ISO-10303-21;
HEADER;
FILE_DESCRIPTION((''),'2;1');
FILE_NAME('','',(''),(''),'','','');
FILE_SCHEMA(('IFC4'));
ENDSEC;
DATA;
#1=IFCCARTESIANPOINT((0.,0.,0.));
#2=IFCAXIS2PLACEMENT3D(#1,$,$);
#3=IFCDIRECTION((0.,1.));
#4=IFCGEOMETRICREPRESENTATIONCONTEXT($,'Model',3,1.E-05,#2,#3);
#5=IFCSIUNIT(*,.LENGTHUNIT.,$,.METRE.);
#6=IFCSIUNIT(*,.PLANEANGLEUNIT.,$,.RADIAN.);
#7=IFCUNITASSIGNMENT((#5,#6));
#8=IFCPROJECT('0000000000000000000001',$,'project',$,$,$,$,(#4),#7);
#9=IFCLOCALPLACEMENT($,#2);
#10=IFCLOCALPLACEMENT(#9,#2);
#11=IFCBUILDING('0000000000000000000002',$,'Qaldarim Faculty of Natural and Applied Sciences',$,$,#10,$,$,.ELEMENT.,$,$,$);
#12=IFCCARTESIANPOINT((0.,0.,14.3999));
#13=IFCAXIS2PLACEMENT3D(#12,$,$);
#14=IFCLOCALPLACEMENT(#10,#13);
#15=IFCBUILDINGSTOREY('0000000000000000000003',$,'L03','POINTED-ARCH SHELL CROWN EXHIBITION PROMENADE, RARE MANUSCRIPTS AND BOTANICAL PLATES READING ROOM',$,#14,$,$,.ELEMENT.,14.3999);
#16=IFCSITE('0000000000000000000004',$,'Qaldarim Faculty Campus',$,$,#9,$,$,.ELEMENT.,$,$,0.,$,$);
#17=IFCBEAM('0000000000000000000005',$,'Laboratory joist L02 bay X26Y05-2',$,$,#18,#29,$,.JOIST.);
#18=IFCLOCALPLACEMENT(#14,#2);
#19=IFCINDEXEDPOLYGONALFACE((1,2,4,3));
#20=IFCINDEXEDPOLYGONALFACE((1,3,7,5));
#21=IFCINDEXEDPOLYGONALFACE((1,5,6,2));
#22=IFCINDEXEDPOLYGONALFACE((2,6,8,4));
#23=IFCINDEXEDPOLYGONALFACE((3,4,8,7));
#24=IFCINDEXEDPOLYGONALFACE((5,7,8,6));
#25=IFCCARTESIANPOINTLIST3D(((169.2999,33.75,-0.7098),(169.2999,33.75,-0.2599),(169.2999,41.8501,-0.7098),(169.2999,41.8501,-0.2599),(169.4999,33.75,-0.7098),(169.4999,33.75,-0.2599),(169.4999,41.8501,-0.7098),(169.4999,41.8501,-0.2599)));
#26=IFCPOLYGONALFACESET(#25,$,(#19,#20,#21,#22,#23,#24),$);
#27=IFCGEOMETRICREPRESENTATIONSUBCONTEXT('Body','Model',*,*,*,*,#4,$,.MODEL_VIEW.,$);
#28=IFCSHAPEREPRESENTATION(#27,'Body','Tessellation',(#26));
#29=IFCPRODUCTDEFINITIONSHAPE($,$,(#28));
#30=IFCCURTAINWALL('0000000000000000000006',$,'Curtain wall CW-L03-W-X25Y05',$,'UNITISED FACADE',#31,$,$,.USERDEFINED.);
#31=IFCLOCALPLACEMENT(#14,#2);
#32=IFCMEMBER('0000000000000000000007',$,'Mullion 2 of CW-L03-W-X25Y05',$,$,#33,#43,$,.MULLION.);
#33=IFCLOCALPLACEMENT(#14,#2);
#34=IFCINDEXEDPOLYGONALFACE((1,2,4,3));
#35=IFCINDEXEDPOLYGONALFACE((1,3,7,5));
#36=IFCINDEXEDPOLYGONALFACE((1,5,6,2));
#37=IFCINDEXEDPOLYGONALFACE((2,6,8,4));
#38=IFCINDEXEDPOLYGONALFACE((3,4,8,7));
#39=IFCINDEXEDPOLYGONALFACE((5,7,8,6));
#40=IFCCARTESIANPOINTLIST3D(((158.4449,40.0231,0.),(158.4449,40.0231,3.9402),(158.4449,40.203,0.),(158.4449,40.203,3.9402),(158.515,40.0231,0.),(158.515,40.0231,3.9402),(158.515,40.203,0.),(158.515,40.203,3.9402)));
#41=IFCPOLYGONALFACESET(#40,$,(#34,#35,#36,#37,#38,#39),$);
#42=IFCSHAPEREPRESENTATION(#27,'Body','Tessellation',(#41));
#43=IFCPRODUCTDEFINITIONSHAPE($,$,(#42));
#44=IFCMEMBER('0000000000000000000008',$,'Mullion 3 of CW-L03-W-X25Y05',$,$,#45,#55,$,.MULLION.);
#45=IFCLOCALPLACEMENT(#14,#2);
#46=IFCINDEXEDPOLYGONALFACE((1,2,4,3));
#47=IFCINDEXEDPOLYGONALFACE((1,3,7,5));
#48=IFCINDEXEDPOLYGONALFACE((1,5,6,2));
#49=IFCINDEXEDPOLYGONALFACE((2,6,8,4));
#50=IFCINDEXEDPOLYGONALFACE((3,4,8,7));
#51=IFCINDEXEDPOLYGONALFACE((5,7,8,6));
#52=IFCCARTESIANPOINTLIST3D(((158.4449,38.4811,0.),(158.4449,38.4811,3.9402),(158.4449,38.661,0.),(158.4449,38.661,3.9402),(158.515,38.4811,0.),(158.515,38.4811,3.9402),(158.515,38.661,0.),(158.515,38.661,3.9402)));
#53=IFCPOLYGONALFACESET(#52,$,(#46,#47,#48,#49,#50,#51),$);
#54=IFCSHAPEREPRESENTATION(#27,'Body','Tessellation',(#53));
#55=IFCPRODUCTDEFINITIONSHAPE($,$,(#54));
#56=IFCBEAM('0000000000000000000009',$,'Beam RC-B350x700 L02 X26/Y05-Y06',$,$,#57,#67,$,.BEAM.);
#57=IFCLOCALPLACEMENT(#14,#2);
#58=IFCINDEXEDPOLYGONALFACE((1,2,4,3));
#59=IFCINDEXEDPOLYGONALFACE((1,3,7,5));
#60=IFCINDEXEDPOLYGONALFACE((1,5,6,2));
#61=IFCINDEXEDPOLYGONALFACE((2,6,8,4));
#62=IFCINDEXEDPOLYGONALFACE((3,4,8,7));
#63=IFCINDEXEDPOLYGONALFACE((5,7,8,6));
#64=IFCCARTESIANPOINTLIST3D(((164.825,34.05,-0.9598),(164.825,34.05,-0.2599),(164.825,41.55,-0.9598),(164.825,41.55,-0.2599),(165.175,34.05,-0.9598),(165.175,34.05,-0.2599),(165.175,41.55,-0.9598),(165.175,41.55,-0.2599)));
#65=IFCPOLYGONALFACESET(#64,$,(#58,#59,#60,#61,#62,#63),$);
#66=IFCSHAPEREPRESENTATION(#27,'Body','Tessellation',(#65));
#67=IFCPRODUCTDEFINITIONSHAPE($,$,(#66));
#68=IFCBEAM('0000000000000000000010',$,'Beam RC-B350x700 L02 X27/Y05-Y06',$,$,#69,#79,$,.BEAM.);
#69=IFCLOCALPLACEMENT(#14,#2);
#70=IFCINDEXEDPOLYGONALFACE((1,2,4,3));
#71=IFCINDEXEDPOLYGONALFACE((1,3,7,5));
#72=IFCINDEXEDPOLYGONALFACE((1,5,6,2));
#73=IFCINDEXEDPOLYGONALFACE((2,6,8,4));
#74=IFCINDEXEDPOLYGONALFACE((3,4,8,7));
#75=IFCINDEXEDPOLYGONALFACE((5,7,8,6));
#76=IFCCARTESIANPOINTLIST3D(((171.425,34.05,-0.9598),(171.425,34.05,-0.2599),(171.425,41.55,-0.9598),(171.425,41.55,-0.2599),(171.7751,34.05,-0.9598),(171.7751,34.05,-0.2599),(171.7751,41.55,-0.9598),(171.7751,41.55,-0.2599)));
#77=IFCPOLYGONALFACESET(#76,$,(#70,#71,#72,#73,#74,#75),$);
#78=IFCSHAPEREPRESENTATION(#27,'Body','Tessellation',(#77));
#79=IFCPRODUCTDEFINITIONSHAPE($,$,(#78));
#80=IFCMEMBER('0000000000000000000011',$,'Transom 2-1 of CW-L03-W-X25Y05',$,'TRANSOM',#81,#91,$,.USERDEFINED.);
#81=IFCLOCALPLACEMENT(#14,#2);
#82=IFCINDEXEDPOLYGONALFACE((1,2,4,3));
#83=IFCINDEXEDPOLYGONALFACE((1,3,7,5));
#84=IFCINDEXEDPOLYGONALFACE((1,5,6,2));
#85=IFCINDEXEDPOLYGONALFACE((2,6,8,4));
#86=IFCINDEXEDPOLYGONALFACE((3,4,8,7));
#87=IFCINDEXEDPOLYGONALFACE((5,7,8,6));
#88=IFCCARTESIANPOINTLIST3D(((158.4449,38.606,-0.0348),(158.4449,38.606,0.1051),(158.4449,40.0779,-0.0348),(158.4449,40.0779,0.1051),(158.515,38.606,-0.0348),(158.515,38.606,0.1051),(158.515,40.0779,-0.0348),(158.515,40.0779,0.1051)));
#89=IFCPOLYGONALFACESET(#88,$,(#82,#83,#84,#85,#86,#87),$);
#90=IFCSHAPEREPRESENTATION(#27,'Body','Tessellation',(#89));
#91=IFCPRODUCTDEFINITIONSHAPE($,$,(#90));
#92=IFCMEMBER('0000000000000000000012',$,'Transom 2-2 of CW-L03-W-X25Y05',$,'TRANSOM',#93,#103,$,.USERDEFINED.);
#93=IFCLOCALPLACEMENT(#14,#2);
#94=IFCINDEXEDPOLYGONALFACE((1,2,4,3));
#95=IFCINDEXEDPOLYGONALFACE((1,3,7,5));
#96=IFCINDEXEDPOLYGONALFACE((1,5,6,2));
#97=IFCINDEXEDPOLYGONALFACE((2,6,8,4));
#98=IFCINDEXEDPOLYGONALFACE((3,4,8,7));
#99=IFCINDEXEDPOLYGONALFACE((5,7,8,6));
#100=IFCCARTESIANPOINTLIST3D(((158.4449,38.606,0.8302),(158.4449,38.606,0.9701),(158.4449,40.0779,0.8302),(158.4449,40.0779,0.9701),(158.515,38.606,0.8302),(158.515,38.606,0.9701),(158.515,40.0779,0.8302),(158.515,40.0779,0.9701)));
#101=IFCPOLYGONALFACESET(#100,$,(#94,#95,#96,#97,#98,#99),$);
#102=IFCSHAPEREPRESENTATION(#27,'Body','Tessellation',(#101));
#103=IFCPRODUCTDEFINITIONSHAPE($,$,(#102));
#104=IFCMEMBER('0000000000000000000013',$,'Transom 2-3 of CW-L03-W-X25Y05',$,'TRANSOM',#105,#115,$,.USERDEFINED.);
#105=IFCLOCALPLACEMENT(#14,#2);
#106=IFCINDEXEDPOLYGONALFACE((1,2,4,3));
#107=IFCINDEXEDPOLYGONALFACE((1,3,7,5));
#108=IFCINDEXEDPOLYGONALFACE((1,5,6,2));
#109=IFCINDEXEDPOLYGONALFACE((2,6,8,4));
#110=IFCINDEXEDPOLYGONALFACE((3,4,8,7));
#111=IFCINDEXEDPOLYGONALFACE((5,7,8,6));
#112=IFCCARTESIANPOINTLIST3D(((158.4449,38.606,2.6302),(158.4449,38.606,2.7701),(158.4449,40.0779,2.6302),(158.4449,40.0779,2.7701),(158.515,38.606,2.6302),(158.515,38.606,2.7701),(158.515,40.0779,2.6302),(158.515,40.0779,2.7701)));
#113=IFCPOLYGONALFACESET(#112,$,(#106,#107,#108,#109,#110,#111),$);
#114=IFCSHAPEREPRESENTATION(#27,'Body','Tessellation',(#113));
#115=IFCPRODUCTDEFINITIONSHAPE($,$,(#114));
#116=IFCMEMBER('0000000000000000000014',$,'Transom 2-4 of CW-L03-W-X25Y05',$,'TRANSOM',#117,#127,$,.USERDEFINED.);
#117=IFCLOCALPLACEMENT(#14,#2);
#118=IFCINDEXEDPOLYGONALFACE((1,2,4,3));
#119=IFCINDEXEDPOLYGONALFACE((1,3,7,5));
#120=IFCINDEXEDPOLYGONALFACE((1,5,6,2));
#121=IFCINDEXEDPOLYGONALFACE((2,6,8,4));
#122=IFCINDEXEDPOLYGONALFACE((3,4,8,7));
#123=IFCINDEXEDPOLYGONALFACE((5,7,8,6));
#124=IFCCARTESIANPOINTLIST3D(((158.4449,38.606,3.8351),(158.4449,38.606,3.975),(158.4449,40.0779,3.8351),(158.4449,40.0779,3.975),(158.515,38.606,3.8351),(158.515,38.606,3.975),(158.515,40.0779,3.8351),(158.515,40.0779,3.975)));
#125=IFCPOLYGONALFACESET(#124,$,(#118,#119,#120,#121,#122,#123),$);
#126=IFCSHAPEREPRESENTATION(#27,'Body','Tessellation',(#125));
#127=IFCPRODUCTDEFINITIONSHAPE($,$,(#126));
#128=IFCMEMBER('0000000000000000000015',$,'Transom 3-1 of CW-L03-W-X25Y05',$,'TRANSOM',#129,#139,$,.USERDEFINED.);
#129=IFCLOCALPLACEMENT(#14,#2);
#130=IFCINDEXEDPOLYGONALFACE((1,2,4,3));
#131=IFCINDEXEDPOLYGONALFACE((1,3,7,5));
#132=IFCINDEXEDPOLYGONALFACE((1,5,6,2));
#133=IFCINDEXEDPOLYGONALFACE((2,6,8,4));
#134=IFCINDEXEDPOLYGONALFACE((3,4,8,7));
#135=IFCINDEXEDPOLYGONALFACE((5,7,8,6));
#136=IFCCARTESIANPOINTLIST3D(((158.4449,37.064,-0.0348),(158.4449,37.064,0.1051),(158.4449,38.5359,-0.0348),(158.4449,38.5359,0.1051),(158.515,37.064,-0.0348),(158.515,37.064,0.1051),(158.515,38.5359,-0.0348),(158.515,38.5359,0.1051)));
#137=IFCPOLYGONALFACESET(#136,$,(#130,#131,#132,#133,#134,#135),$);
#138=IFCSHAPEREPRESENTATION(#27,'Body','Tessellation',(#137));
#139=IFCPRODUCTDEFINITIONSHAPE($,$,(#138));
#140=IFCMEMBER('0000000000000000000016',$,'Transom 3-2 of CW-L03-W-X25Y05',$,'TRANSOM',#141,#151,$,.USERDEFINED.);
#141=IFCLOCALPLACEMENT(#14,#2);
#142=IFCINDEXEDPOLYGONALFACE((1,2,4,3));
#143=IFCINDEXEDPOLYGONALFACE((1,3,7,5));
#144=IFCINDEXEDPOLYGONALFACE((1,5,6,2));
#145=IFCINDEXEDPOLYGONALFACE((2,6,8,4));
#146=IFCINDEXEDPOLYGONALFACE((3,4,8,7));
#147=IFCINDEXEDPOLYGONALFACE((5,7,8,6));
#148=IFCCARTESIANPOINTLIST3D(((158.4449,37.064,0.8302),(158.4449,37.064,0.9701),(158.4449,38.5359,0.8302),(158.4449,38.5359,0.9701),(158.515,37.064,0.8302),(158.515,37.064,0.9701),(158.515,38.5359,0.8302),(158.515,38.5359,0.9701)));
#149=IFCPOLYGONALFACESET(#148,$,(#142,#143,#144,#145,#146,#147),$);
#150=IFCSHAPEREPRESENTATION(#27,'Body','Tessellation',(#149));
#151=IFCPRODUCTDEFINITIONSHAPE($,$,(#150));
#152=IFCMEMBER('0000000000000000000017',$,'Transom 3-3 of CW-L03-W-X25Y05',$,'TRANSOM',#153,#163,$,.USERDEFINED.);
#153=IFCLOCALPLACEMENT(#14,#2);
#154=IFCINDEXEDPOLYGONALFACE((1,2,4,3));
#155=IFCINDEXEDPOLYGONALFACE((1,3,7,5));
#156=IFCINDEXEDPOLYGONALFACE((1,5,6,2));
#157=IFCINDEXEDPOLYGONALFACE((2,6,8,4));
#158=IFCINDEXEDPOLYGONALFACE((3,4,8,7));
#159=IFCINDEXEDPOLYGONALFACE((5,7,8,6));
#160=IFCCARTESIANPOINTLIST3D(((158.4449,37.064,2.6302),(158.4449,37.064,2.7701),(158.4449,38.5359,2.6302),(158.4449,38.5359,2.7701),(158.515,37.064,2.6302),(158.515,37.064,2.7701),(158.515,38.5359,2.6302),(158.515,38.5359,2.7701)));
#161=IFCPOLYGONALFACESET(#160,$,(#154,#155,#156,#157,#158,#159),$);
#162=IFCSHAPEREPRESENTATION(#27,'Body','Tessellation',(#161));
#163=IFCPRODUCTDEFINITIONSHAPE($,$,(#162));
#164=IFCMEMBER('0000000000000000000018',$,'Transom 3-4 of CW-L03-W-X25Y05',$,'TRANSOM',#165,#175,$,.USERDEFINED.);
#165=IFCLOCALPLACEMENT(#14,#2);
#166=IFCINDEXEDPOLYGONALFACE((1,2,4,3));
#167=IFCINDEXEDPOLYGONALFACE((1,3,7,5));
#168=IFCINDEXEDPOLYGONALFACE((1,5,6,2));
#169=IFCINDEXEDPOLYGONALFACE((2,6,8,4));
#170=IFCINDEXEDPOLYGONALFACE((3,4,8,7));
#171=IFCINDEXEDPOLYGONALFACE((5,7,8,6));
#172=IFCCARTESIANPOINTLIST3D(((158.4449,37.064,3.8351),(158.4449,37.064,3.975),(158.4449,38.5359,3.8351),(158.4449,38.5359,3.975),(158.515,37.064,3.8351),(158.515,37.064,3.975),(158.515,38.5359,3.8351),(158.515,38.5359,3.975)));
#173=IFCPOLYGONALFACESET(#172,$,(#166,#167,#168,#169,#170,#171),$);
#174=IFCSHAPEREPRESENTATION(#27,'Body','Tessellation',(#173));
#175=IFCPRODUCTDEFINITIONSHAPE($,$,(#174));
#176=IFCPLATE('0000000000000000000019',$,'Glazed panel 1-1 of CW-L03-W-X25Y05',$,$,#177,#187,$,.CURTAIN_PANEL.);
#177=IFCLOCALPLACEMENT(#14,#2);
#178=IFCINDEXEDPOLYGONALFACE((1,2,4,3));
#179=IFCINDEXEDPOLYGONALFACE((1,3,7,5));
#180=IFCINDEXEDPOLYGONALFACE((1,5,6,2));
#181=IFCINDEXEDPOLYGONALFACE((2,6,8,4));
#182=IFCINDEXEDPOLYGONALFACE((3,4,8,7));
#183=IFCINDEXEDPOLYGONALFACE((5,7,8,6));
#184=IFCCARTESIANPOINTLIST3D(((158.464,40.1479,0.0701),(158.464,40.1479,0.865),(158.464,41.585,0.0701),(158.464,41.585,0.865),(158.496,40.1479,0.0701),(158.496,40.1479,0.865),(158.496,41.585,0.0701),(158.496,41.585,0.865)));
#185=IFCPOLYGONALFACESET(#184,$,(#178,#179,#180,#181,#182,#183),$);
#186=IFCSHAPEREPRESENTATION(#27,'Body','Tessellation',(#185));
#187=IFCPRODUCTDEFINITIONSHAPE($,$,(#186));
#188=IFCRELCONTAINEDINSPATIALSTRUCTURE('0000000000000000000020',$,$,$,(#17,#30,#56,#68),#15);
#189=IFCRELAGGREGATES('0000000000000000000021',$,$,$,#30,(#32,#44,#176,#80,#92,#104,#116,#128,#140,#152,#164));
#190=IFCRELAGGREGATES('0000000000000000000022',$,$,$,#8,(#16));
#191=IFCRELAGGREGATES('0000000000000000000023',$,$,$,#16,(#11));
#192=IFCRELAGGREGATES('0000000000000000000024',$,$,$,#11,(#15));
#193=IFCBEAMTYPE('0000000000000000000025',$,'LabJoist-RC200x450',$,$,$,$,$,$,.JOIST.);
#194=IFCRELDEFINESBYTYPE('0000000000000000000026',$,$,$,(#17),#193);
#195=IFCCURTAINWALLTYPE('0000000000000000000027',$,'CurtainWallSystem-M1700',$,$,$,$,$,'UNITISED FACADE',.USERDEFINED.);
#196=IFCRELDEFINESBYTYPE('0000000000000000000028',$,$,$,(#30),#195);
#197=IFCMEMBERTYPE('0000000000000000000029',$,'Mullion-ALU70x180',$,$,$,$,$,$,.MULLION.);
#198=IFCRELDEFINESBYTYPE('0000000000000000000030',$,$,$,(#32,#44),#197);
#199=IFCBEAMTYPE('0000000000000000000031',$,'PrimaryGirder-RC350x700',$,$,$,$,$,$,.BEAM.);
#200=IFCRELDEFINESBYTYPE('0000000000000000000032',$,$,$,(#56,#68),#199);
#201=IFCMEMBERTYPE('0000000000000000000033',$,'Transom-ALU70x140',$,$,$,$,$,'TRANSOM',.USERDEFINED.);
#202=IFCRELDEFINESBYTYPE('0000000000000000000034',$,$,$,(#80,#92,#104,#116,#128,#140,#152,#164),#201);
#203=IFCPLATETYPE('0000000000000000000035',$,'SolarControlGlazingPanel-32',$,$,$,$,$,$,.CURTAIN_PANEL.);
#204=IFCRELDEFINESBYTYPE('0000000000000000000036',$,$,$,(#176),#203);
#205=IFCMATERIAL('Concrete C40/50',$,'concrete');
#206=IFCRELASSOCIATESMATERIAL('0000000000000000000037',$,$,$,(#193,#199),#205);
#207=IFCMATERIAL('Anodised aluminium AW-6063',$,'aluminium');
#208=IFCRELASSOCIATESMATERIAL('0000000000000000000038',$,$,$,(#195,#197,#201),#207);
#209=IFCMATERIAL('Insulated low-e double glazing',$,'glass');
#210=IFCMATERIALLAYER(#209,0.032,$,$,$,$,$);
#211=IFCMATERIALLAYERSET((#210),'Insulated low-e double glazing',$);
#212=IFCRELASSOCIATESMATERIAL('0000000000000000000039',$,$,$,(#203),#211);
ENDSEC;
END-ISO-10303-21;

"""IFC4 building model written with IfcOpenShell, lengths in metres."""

from ifc_helpers import new_model, si_unit, direction, frame, origin, origin_2d, place, context, subcontext, project, spatial, rectangle, extrude, material, layer, layer_set, material_profile, profile_set, type_object, element, aggregate, save


model = new_model("IFC4")

# Units and contexts
model_context = context("Model", 3, precision=1e-05, world=origin(), true_north=direction((0.0, 1.0)))
body_context = subcontext(model_context, "Body", "Model", "MODEL_VIEW")
ifc_project = project(units=[si_unit("LENGTHUNIT", "METRE"), si_unit("PLANEANGLEUNIT", "RADIAN")], contexts=[model_context])

# Site, building, storey
site_placement = place(None, origin())
site = spatial("IfcSite", under=ifc_project, at=site_placement, Name="Qaldarim Faculty Campus", CompositionType="ELEMENT", RefElevation=0.0)
building_placement = place(site_placement, origin())
building = spatial("IfcBuilding", under=site, at=building_placement, Name="Qaldarim Faculty of Natural and Applied Sciences", CompositionType="ELEMENT")
storey_placement = place(building_placement, frame((0.0, 0.0, 14.3999)))
storey = spatial("IfcBuildingStorey", under=building, at=storey_placement, Name="L03", Description="POINTED-ARCH SHELL CROWN EXHIBITION PROMENADE, RARE MANUSCRIPTS AND BOTANICAL PLATES READING ROOM", CompositionType="ELEMENT", Elevation=14.3999)

# Beam
ifc_material_1 = material(Name="Concrete C40/50", Category="concrete")
ifc_material_profile_1 = material_profile(ifc_material_1, rectangle(XDim=0.2, YDim=0.45, at=origin_2d()), Name="RC-J200x450")
ifc_profile_set_1 = profile_set([ifc_material_profile_1], Name="Concrete C40/50")
beam_type_1 = type_object("IfcBeamType", Name="LabJoist-RC200x450", PredefinedType="JOIST", material=ifc_profile_set_1)
beam_placement = place(storey_placement, frame((169.3999, 33.75, -0.4849), z_axis=(0.0, 1.0, 0.0), x_axis=(-1.0, 0.0, 0.0)))
element("IfcBeam", 1, at=beam_placement, inside=storey, type_object=beam_type_1, Name="Laboratory joist L02 bay X26Y05-2", PredefinedType="JOIST", context=body_context, shape_type="SweptSolid", body=[
    extrude(rectangle(XDim=0.2, YDim=0.45, at=origin_2d()), origin(), (0.0, 0.0, 1.0), 8.1001),
])

# Curtain wall, members
ifc_material_2 = material(Name="Anodised aluminium AW-6063", Category="aluminium")
curtain_wall_type = type_object("IfcCurtainWallType", Name="CurtainWallSystem-M1700", ElementType="UNITISED FACADE", PredefinedType="USERDEFINED", material=ifc_material_2)
curtain_wall_placement = place(storey_placement, origin())
curtain_wall = element("IfcCurtainWall", 2, at=curtain_wall_placement, inside=storey, type_object=curtain_wall_type, Name="Curtain wall CW-L03-W-X25Y05", ObjectType="UNITISED FACADE", PredefinedType="USERDEFINED")
ifc_material_profile_2 = material_profile(ifc_material_2, rectangle(XDim=0.0701, YDim=0.1799, at=origin_2d()), Name="ALU-M70x180")
ifc_profile_set_2 = profile_set([ifc_material_profile_2], Name="Anodised aluminium AW-6063")
member_type_1 = type_object("IfcMemberType", Name="Mullion-ALU70x180", PredefinedType="MULLION", material=ifc_profile_set_2)
member_1_placement = place(storey_placement, frame((158.48, 40.113, 0.0), z_axis=(0.0, 0.0, 1.0), x_axis=(1.0, 0.0, 0.0)))
member_1 = element("IfcMember", 3, at=member_1_placement, type_object=member_type_1, Name="Mullion 2 of CW-L03-W-X25Y05", PredefinedType="MULLION", context=body_context, shape_type="SweptSolid", body=[
    extrude(rectangle(XDim=0.0701, YDim=0.1799, at=origin_2d()), origin(), (0.0, 0.0, 1.0), 3.9402),
])
member_2_placement = place(storey_placement, frame((158.48, 38.571, 0.0), z_axis=(0.0, 0.0, 1.0), x_axis=(1.0, 0.0, 0.0)))
member_2 = element("IfcMember", 4, at=member_2_placement, type_object=member_type_1, Name="Mullion 3 of CW-L03-W-X25Y05", PredefinedType="MULLION", context=body_context, shape_type="SweptSolid", body=[
    extrude(rectangle(XDim=0.0701, YDim=0.1799, at=origin_2d()), origin(), (0.0, 0.0, 1.0), 3.9402),
])

# Beams
ifc_material_profile_3 = material_profile(ifc_material_1, rectangle(XDim=0.3501, YDim=0.7, at=origin_2d()), Name="RC-B350x700")
ifc_profile_set_3 = profile_set([ifc_material_profile_3], Name="Concrete C40/50")
beam_type_2 = type_object("IfcBeamType", Name="PrimaryGirder-RC350x700", PredefinedType="BEAM", material=ifc_profile_set_3)
for number, where, z_axis, x_axis, name in (
    (5, (165.0, 34.05, -0.6099), (0.0, 1.0, 0.0), (-1.0, 0.0, 0.0), "Beam RC-B350x700 L02 X26/Y05-Y06"),
    (6, (171.6001, 34.05, -0.6099), (0.0, 1.0, 0.0), (-1.0, 0.0, 0.0), "Beam RC-B350x700 L02 X27/Y05-Y06"),
):
    element("IfcBeam", number, at=place(storey_placement, frame(where, z_axis=z_axis, x_axis=x_axis)), inside=storey, type_object=beam_type_2, Name=name, PredefinedType="BEAM", context=body_context, shape_type="SweptSolid", body=[
        extrude(rectangle(XDim=0.3501, YDim=0.7, at=origin_2d()), origin(), (0.0, 0.0, 1.0), 7.5),
    ])

# Members
ifc_material_profile_4 = material_profile(ifc_material_2, rectangle(XDim=0.0701, YDim=0.1399, at=origin_2d()), Name="ALU-T70x140")
ifc_profile_set_4 = profile_set([ifc_material_profile_4], Name="Anodised aluminium AW-6063")
member_type_2 = type_object("IfcMemberType", Name="Transom-ALU70x140", ElementType="TRANSOM", PredefinedType="USERDEFINED", material=ifc_profile_set_4)
member_3_placement = place(storey_placement, frame((158.48, 40.0779, 0.0352), z_axis=(0.0, -1.0, 0.0), x_axis=(1.0, 0.0, 0.0)))
member_3 = element("IfcMember", 7, at=member_3_placement, type_object=member_type_2, Name="Transom 2-1 of CW-L03-W-X25Y05", ObjectType="TRANSOM", PredefinedType="USERDEFINED", context=body_context, shape_type="SweptSolid", body=[
    extrude(rectangle(XDim=0.0701, YDim=0.1399, at=origin_2d()), origin(), (0.0, 0.0, 1.0), 1.4719),
])
member_4_placement = place(storey_placement, frame((158.48, 40.0779, 0.9001), z_axis=(0.0, -1.0, 0.0), x_axis=(1.0, 0.0, 0.0)))
member_4 = element("IfcMember", 8, at=member_4_placement, type_object=member_type_2, Name="Transom 2-2 of CW-L03-W-X25Y05", ObjectType="TRANSOM", PredefinedType="USERDEFINED", context=body_context, shape_type="SweptSolid", body=[
    extrude(rectangle(XDim=0.0701, YDim=0.1399, at=origin_2d()), origin(), (0.0, 0.0, 1.0), 1.4719),
])
member_5_placement = place(storey_placement, frame((158.48, 40.0779, 2.7002), z_axis=(0.0, -1.0, 0.0), x_axis=(1.0, 0.0, 0.0)))
member_5 = element("IfcMember", 9, at=member_5_placement, type_object=member_type_2, Name="Transom 2-3 of CW-L03-W-X25Y05", ObjectType="TRANSOM", PredefinedType="USERDEFINED", context=body_context, shape_type="SweptSolid", body=[
    extrude(rectangle(XDim=0.0701, YDim=0.1399, at=origin_2d()), origin(), (0.0, 0.0, 1.0), 1.4719),
])
member_6_placement = place(storey_placement, frame((158.48, 40.0779, 3.905), z_axis=(0.0, -1.0, 0.0), x_axis=(1.0, 0.0, 0.0)))
member_6 = element("IfcMember", 10, at=member_6_placement, type_object=member_type_2, Name="Transom 2-4 of CW-L03-W-X25Y05", ObjectType="TRANSOM", PredefinedType="USERDEFINED", context=body_context, shape_type="SweptSolid", body=[
    extrude(rectangle(XDim=0.0701, YDim=0.1399, at=origin_2d()), origin(), (0.0, 0.0, 1.0), 1.4719),
])
member_7_placement = place(storey_placement, frame((158.48, 38.5359, 0.0352), z_axis=(0.0, -1.0, 0.0), x_axis=(1.0, 0.0, 0.0)))
member_7 = element("IfcMember", 11, at=member_7_placement, type_object=member_type_2, Name="Transom 3-1 of CW-L03-W-X25Y05", ObjectType="TRANSOM", PredefinedType="USERDEFINED", context=body_context, shape_type="SweptSolid", body=[
    extrude(rectangle(XDim=0.0701, YDim=0.1399, at=origin_2d()), origin(), (0.0, 0.0, 1.0), 1.4719),
])
member_8_placement = place(storey_placement, frame((158.48, 38.5359, 0.9001), z_axis=(0.0, -1.0, 0.0), x_axis=(1.0, 0.0, 0.0)))
member_8 = element("IfcMember", 12, at=member_8_placement, type_object=member_type_2, Name="Transom 3-2 of CW-L03-W-X25Y05", ObjectType="TRANSOM", PredefinedType="USERDEFINED", context=body_context, shape_type="SweptSolid", body=[
    extrude(rectangle(XDim=0.0701, YDim=0.1399, at=origin_2d()), origin(), (0.0, 0.0, 1.0), 1.4719),
])
member_9_placement = place(storey_placement, frame((158.48, 38.5359, 2.7002), z_axis=(0.0, -1.0, 0.0), x_axis=(1.0, 0.0, 0.0)))
member_9 = element("IfcMember", 13, at=member_9_placement, type_object=member_type_2, Name="Transom 3-3 of CW-L03-W-X25Y05", ObjectType="TRANSOM", PredefinedType="USERDEFINED", context=body_context, shape_type="SweptSolid", body=[
    extrude(rectangle(XDim=0.0701, YDim=0.1399, at=origin_2d()), origin(), (0.0, 0.0, 1.0), 1.4719),
])
member_10_placement = place(storey_placement, frame((158.48, 38.5359, 3.905), z_axis=(0.0, -1.0, 0.0), x_axis=(1.0, 0.0, 0.0)))
member_10 = element("IfcMember", 14, at=member_10_placement, type_object=member_type_2, Name="Transom 3-4 of CW-L03-W-X25Y05", ObjectType="TRANSOM", PredefinedType="USERDEFINED", context=body_context, shape_type="SweptSolid", body=[
    extrude(rectangle(XDim=0.0701, YDim=0.1399, at=origin_2d()), origin(), (0.0, 0.0, 1.0), 1.4719),
])

# Plate
ifc_material_3 = material(Name="Insulated low-e double glazing", Category="glass")
ifc_layer_1 = layer(ifc_material_3, 0.032)
ifc_layer_set_1 = layer_set([ifc_layer_1], Name="Insulated low-e double glazing")
plate_type = type_object("IfcPlateType", Name="SolarControlGlazingPanel-32", PredefinedType="CURTAIN_PANEL", material=ifc_layer_set_1)
plate_1_placement = place(storey_placement, frame((158.48, 40.8665, 0.0701), z_axis=(0.0, 0.0, 1.0), x_axis=(0.0, -1.0, 0.0)))
plate_1 = element("IfcPlate", 15, at=plate_1_placement, type_object=plate_type, Name="Glazed panel 1-1 of CW-L03-W-X25Y05", PredefinedType="CURTAIN_PANEL", context=body_context, shape_type="SweptSolid", body=[
    extrude(rectangle(XDim=1.437, YDim=0.032, at=origin_2d()), origin(), (0.0, 0.0, 1.0), 0.7949),
])
aggregate(curtain_wall, [member_1, member_2, plate_1, member_3, member_4, member_5, member_6, member_7, member_8, member_9, member_10])

save(model, "model.ifc")
